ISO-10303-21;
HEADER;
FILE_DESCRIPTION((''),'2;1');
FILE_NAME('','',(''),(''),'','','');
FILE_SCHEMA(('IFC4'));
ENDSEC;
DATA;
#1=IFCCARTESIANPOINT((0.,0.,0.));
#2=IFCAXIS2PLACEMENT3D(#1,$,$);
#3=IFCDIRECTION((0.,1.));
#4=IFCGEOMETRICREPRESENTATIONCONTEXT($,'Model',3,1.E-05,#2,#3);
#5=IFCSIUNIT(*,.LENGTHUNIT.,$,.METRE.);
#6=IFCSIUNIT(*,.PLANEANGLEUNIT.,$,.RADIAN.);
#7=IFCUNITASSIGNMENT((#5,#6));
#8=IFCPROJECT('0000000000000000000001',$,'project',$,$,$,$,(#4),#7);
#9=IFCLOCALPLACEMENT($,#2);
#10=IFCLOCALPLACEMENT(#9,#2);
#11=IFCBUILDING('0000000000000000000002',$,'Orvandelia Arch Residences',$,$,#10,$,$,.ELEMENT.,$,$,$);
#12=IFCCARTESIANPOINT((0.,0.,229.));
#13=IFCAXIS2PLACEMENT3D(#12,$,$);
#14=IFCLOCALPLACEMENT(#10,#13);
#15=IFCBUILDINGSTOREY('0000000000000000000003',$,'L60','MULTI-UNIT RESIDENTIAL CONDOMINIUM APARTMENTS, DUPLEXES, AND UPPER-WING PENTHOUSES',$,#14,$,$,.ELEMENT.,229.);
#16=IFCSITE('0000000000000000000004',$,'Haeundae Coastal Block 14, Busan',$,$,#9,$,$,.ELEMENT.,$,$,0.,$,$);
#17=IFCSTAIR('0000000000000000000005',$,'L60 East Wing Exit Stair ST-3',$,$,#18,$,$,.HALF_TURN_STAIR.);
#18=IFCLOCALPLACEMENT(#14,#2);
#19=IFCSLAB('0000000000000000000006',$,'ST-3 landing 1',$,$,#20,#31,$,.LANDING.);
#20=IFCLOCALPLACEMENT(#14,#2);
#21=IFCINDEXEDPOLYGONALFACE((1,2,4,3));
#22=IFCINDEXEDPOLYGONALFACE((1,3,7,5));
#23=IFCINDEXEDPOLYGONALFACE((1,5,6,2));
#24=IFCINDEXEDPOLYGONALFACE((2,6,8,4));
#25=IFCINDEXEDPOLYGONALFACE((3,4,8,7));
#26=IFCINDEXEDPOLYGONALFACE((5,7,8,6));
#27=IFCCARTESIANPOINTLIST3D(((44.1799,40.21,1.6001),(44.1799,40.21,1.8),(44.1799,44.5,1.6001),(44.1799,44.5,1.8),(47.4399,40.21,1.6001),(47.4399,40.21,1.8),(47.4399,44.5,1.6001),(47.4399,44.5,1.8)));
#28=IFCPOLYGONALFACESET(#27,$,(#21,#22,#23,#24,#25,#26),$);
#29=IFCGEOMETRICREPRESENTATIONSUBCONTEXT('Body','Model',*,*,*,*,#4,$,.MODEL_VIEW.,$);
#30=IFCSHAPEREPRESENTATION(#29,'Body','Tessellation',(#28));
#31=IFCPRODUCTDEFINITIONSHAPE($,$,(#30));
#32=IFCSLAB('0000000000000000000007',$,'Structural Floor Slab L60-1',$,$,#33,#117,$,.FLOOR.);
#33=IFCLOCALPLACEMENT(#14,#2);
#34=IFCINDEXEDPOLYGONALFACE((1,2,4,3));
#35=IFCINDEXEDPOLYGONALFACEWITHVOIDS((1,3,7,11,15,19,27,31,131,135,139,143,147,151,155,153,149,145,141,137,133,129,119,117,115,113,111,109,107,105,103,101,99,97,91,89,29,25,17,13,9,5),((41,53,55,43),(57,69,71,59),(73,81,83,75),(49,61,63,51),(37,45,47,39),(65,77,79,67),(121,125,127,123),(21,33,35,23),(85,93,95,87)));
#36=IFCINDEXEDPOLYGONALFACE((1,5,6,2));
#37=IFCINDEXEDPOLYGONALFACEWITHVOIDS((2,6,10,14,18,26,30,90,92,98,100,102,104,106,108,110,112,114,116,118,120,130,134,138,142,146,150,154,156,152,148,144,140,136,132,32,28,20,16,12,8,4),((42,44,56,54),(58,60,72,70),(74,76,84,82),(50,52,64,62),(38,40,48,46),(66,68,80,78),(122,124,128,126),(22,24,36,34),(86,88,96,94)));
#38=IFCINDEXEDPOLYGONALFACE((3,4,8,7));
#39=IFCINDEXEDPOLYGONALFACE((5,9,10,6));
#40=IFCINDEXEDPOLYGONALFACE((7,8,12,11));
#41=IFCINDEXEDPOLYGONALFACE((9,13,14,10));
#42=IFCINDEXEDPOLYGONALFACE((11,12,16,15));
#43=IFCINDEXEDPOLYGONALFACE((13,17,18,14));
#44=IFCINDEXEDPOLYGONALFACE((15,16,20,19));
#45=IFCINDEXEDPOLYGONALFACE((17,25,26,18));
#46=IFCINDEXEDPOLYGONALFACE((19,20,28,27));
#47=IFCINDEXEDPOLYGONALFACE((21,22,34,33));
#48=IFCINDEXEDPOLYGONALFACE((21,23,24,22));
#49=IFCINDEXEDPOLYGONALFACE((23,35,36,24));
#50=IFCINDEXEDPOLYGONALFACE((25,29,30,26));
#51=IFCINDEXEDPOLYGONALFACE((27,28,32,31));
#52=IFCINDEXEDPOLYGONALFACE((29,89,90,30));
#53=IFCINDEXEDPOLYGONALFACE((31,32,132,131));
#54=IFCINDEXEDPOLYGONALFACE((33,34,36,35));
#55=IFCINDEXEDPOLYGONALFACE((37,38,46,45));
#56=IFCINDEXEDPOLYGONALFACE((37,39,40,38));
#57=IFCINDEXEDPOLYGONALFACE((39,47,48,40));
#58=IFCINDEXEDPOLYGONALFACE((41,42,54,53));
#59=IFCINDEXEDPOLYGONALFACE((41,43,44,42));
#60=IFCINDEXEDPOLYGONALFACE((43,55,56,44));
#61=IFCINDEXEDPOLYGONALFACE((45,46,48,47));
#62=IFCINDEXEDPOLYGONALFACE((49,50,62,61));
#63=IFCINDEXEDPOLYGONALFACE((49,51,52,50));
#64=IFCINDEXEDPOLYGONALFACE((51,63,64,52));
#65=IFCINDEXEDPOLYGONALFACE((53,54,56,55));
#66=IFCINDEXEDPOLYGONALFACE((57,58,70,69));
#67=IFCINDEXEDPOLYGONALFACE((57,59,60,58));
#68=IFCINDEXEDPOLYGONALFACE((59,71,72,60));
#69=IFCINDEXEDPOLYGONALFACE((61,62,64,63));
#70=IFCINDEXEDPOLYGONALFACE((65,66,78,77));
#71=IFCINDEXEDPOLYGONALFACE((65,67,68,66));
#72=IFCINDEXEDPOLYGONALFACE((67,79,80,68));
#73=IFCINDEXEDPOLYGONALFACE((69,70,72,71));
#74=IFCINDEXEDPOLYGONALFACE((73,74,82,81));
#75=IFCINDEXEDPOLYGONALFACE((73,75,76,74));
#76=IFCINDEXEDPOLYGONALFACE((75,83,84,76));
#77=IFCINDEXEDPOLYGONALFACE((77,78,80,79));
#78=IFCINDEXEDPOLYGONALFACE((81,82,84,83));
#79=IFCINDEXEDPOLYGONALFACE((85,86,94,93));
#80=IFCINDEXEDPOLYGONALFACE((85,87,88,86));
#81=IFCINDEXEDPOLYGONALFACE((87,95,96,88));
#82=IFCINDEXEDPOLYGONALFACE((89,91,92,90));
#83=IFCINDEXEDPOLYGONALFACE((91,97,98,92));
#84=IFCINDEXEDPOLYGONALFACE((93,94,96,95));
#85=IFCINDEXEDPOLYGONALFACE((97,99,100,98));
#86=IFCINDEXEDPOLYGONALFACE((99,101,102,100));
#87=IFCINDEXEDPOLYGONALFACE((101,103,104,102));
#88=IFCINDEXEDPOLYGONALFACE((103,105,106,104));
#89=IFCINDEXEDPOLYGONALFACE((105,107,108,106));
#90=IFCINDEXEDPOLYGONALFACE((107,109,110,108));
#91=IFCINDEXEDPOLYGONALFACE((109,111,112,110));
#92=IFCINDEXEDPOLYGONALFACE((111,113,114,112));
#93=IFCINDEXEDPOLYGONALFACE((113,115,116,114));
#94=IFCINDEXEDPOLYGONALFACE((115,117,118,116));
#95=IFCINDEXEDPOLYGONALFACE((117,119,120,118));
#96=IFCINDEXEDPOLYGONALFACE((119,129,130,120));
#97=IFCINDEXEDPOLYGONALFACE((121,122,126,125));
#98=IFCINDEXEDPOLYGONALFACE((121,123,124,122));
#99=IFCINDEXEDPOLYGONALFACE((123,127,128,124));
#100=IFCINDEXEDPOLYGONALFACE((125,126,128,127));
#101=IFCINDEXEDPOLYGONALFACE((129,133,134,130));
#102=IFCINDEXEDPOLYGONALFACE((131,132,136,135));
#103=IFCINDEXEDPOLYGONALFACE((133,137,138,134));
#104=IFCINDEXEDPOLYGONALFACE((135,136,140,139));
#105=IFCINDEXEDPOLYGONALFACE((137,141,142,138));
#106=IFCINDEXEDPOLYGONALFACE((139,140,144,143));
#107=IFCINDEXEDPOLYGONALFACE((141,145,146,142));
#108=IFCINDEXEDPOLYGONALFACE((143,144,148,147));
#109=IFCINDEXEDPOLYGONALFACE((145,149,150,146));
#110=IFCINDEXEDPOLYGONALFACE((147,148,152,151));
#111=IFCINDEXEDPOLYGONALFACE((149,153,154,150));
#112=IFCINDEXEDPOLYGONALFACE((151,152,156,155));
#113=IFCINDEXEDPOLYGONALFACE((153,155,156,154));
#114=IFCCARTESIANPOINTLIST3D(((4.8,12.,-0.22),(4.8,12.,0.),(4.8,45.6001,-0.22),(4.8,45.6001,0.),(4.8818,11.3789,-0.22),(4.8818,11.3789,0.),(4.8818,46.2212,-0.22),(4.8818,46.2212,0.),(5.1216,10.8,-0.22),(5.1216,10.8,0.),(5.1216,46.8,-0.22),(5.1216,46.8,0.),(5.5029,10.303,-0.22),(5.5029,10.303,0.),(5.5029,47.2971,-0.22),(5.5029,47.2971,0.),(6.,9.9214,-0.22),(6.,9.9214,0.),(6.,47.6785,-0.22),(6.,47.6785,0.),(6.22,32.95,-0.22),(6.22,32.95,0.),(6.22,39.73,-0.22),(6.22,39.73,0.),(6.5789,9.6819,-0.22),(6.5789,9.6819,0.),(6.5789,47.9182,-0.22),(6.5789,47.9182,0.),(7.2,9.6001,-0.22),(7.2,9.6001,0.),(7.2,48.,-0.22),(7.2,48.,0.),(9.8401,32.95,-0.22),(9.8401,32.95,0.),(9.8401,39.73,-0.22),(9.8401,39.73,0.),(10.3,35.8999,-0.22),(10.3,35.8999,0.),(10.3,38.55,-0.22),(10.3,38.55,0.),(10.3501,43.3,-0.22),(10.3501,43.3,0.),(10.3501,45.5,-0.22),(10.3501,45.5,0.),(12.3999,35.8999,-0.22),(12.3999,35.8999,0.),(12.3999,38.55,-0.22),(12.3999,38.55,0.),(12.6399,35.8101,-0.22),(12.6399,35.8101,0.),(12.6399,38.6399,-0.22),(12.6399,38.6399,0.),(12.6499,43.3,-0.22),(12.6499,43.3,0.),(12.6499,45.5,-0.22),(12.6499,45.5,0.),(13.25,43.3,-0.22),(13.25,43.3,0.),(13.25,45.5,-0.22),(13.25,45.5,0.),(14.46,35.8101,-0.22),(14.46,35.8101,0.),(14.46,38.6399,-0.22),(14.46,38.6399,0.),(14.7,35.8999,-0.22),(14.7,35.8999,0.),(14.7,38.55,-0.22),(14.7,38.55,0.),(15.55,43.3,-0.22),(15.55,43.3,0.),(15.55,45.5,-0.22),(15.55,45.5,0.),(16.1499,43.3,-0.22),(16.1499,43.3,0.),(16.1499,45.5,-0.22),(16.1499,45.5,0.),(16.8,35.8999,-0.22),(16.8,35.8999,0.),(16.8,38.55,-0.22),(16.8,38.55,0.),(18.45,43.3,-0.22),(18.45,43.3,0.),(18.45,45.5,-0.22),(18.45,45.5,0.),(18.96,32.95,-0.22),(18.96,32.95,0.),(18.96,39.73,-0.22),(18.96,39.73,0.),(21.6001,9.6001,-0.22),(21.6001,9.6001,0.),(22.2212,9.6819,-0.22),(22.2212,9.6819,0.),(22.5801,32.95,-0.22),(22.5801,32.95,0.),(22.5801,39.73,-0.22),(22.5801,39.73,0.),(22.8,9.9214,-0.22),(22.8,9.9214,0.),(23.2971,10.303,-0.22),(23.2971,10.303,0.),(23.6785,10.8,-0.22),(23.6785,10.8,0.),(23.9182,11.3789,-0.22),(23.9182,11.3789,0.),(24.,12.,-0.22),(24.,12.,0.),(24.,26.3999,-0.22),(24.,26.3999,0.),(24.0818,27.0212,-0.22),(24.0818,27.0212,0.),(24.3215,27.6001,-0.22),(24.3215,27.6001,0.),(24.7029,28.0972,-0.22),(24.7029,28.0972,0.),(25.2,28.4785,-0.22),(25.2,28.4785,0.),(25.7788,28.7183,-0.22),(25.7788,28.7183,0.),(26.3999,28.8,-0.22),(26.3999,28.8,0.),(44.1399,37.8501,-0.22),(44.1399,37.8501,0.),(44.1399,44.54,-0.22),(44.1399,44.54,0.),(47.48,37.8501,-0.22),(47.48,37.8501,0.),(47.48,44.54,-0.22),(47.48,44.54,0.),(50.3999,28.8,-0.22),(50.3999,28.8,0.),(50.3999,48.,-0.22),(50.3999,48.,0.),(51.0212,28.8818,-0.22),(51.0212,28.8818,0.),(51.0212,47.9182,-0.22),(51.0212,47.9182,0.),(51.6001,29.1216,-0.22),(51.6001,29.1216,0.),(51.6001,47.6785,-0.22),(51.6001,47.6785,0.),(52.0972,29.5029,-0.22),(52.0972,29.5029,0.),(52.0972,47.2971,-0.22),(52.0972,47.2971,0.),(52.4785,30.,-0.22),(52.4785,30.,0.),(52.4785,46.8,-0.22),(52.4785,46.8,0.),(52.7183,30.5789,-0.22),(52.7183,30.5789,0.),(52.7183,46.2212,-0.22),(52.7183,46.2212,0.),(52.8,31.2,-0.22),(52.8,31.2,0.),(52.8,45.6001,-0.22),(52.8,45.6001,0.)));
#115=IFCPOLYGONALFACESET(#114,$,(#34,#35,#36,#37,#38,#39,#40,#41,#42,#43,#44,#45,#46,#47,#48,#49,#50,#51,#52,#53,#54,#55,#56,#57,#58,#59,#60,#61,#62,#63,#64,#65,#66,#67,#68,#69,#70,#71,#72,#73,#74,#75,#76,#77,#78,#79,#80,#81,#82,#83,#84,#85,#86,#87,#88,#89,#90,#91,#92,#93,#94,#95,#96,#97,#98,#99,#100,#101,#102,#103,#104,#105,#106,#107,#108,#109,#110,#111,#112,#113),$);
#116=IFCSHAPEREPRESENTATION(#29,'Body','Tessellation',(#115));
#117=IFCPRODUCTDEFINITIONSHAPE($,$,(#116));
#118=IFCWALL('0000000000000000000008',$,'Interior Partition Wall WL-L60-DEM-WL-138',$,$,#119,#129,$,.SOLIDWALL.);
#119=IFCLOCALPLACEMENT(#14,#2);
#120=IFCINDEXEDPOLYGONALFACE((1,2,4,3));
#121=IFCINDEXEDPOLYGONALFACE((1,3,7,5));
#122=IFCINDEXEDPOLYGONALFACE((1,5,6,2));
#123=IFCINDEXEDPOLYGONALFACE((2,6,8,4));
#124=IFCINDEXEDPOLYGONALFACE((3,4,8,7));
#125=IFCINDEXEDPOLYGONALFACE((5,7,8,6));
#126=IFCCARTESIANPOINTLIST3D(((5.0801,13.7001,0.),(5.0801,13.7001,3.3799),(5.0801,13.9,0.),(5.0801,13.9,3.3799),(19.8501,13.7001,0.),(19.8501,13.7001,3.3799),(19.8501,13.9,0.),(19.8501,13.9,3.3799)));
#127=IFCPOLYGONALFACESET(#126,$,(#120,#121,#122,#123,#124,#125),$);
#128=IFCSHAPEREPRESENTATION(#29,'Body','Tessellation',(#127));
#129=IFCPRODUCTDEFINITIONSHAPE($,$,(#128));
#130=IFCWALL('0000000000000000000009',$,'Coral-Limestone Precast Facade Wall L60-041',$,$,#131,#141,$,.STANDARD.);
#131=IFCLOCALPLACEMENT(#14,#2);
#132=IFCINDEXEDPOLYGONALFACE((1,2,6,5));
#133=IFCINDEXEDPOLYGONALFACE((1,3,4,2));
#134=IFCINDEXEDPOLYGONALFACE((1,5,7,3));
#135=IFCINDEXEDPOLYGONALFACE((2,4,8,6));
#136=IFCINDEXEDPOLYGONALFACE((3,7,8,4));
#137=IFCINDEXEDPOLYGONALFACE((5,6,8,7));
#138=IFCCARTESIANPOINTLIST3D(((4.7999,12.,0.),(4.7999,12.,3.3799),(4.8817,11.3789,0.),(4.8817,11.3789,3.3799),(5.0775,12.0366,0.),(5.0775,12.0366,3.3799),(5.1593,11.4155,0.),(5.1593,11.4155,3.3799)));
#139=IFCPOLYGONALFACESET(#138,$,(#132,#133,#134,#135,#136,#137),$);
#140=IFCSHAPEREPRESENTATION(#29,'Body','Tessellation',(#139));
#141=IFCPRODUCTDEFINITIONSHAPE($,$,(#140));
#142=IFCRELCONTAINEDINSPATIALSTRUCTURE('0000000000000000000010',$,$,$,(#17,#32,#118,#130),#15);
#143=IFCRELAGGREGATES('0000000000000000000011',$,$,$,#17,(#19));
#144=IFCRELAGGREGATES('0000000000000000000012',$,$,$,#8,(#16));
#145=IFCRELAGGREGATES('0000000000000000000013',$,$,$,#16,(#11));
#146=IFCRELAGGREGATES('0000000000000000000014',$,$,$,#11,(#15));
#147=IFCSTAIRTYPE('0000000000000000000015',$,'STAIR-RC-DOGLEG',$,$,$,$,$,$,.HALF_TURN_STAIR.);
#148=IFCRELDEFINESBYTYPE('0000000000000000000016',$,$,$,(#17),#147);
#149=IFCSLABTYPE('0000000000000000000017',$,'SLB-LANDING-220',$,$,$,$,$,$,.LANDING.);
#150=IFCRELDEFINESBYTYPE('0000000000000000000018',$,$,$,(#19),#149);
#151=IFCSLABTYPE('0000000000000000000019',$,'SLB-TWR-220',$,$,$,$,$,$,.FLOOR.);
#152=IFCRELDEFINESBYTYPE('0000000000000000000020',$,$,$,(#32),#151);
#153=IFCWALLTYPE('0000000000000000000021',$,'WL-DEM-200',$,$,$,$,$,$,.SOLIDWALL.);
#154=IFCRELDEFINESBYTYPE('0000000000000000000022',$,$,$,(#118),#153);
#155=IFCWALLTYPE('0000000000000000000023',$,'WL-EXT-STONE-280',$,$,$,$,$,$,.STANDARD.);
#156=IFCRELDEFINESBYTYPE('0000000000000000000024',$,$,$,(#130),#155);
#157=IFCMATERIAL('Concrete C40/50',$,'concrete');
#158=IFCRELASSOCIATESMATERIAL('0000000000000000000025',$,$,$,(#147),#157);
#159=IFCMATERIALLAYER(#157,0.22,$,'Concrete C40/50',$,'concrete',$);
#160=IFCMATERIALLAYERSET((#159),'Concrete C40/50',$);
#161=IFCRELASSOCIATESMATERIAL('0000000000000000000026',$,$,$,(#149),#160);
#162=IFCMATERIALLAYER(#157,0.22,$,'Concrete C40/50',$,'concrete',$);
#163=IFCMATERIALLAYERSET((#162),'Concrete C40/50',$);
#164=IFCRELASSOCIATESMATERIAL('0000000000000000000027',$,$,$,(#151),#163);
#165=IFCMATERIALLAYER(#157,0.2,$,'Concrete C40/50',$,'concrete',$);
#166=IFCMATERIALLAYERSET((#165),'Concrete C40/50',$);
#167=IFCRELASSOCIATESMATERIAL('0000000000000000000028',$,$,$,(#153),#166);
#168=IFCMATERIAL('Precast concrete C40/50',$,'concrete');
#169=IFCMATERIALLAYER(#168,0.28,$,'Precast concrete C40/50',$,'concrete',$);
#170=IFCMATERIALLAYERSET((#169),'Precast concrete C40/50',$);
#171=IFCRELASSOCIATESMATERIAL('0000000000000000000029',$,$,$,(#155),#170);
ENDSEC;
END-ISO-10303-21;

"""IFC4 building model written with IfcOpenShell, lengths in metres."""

from ifc_helpers import new_model, si_unit, direction, frame, frame_2d, origin, place, context, subcontext, project, spatial, polyline, rectangle, outline, extrude, material, layer, layer_set, type_object, element, aggregate, save


model = new_model("IFC4")

# Units and contexts
model_context = context("Model", 3, precision=1e-05, world=origin(), true_north=direction((0.0, 1.0)))
body_context = subcontext(model_context, "Body", "Model", "MODEL_VIEW")
ifc_project = project(units=[si_unit("LENGTHUNIT", "METRE"), si_unit("PLANEANGLEUNIT", "RADIAN")], contexts=[model_context])

# Site, building, storey
site_placement = place(None, origin())
site = spatial("IfcSite", under=ifc_project, at=site_placement, Name="Haeundae Coastal Block 14, Busan", CompositionType="ELEMENT", RefElevation=0.0)
building_placement = place(site_placement, origin())
building = spatial("IfcBuilding", under=site, at=building_placement, Name="Orvandelia Arch Residences", CompositionType="ELEMENT")
storey_placement = place(building_placement, frame((0.0, 0.0, 229.0)))
storey = spatial("IfcBuildingStorey", under=building, at=storey_placement, Name="L60", Description="MULTI-UNIT RESIDENTIAL CONDOMINIUM APARTMENTS, DUPLEXES, AND UPPER-WING PENTHOUSES", CompositionType="ELEMENT", Elevation=229.0)

# Shared definitions
ifc_material_1 = material(Name="Precast concrete C40/50", Category="concrete")

# Stair, slab
ifc_material_2 = material(Name="Concrete C40/50", Category="concrete")
stair_type = type_object("IfcStairType", Name="STAIR-RC-DOGLEG", PredefinedType="HALF_TURN_STAIR", material=ifc_material_2)
ifc_layer_1 = layer(ifc_material_2, 0.22, Name="Concrete C40/50", Category="concrete")
ifc_layer_set_1 = layer_set([ifc_layer_1], Name="Concrete C40/50")
slab_type_1 = type_object("IfcSlabType", Name="SLB-LANDING-220", PredefinedType="LANDING", material=ifc_layer_set_1)
stair_1_placement = place(storey_placement, origin())
stair_1 = element("IfcStair", 1, at=stair_1_placement, inside=storey, type_object=stair_type, Name="L60 East Wing Exit Stair ST-3", PredefinedType="HALF_TURN_STAIR")
slab_1_placement = place(storey_placement, frame((0.0, 0.0, 1.6001)))
slab_1 = element("IfcSlab", 2, at=slab_1_placement, type_object=slab_type_1, Name="ST-3 landing 1", PredefinedType="LANDING", context=body_context, shape_type="SweptSolid", body=[
    extrude(outline(polyline([(47.4399, 40.21), (47.4399, 44.5), (44.1799, 44.5), (44.1799, 40.21), (47.4399, 40.21)])), origin(), (0.0, 0.0, 1.0), 0.2),
])
aggregate(stair_1, [slab_1])

# Slab
ifc_layer_2 = layer(ifc_material_2, 0.22, Name="Concrete C40/50", Category="concrete")
ifc_layer_set_2 = layer_set([ifc_layer_2], Name="Concrete C40/50")
slab_type_2 = type_object("IfcSlabType", Name="SLB-TWR-220", PredefinedType="FLOOR", material=ifc_layer_set_2)
slab_2_placement = place(storey_placement, frame((0.0, 0.0, -0.22)))
element("IfcSlab", 3, at=slab_2_placement, inside=storey, type_object=slab_type_2, Name="Structural Floor Slab L60-1", PredefinedType="FLOOR", context=body_context, shape_type="SweptSolid", body=[
    extrude(outline(polyline([(4.8, 12.0), (4.8818, 11.3789), (5.1216, 10.8), (5.5029, 10.303), (6.0, 9.9214), (6.5789, 9.6819), (7.2, 9.6001), (21.6001, 9.6001), (22.2212, 9.6819), (22.8, 9.9214), (23.2971, 10.303), (23.6785, 10.8), (23.9182, 11.3789), (24.0, 12.0), (24.0, 26.3999), (24.0818, 27.0212), (24.3215, 27.6001), (24.7029, 28.0972), (25.2, 28.4785), (25.7788, 28.7183), (26.3999, 28.8), (50.3999, 28.8), (51.0212, 28.8818), (51.6001, 29.1216), (52.0972, 29.5029), (52.4785, 30.0), (52.7183, 30.5789), (52.8, 31.2), (52.8, 45.6001), (52.7183, 46.2212), (52.4785, 46.8), (52.0972, 47.2971), (51.6001, 47.6785), (51.0212, 47.9182), (50.3999, 48.0), (7.2, 48.0), (6.5789, 47.9182), (6.0, 47.6785), (5.5029, 47.2971), (5.1216, 46.8), (4.8818, 46.2212), (4.8, 45.6001), (4.8, 12.0)]), holes=[polyline([(6.22, 32.95), (9.8401, 32.95), (9.8401, 39.73), (6.22, 39.73), (6.22, 32.95)]), polyline([(18.96, 32.95), (22.5801, 32.95), (22.5801, 39.73), (18.96, 39.73), (18.96, 32.95)]), polyline([(44.1399, 37.8501), (47.48, 37.8501), (47.48, 44.54), (44.1399, 44.54), (44.1399, 37.8501)]), polyline([(12.6399, 35.8101), (14.46, 35.8101), (14.46, 38.6399), (12.6399, 38.6399), (12.6399, 35.8101)]), polyline([(10.3, 35.8999), (12.3999, 35.8999), (12.3999, 38.55), (10.3, 38.55), (10.3, 35.8999)]), polyline([(14.7, 35.8999), (16.8, 35.8999), (16.8, 38.55), (14.7, 38.55), (14.7, 35.8999)]), polyline([(10.3501, 43.3), (12.6499, 43.3), (12.6499, 45.5), (10.3501, 45.5), (10.3501, 43.3)]), polyline([(13.25, 43.3), (15.55, 43.3), (15.55, 45.5), (13.25, 45.5), (13.25, 43.3)]), polyline([(16.1499, 43.3), (18.45, 43.3), (18.45, 45.5), (16.1499, 45.5), (16.1499, 43.3)])]), origin(), (0.0, 0.0, 1.0), 0.22),
])

# Walls
ifc_layer_3 = layer(ifc_material_2, 0.2, Name="Concrete C40/50", Category="concrete")
ifc_layer_set_3 = layer_set([ifc_layer_3], Name="Concrete C40/50")
wall_type_1 = type_object("IfcWallType", Name="WL-DEM-200", PredefinedType="SOLIDWALL", material=ifc_layer_set_3)
wall_1_placement = place(storey_placement, frame((5.0801, 13.8, 0.0), z_axis=(0.0, 0.0, 1.0), x_axis=(1.0, 0.0, 0.0)))
element("IfcWall", 4, at=wall_1_placement, inside=storey, type_object=wall_type_1, Name="Interior Partition Wall WL-L60-DEM-WL-138", PredefinedType="SOLIDWALL", context=body_context, shape_type="SweptSolid", body=[
    extrude(rectangle(XDim=14.77, YDim=0.2, at=frame_2d((7.385, 0.0))), origin(), (0.0, 0.0, 1.0), 3.3799),
])
ifc_layer_4 = layer(ifc_material_1, 0.28, Name="Precast concrete C40/50", Category="concrete")
ifc_layer_set_4 = layer_set([ifc_layer_4], Name="Precast concrete C40/50")
wall_type_2 = type_object("IfcWallType", Name="WL-EXT-STONE-280", PredefinedType="STANDARD", material=ifc_layer_set_4)
wall_2_placement = place(storey_placement, frame((5.0205, 11.3972, 0.0), z_axis=(0.0, 0.0, 1.0), x_axis=(-0.130555, 0.991441, 0.0)))
element("IfcWall", 5, at=wall_2_placement, inside=storey, type_object=wall_type_2, Name="Coral-Limestone Precast Facade Wall L60-041", PredefinedType="STANDARD", context=body_context, shape_type="SweptSolid", body=[
    extrude(rectangle(XDim=0.6265, YDim=0.28, at=frame_2d((0.3132, 0.0))), origin(), (0.0, 0.0, 1.0), 3.3799),
])

save(model, "model.ifc")
